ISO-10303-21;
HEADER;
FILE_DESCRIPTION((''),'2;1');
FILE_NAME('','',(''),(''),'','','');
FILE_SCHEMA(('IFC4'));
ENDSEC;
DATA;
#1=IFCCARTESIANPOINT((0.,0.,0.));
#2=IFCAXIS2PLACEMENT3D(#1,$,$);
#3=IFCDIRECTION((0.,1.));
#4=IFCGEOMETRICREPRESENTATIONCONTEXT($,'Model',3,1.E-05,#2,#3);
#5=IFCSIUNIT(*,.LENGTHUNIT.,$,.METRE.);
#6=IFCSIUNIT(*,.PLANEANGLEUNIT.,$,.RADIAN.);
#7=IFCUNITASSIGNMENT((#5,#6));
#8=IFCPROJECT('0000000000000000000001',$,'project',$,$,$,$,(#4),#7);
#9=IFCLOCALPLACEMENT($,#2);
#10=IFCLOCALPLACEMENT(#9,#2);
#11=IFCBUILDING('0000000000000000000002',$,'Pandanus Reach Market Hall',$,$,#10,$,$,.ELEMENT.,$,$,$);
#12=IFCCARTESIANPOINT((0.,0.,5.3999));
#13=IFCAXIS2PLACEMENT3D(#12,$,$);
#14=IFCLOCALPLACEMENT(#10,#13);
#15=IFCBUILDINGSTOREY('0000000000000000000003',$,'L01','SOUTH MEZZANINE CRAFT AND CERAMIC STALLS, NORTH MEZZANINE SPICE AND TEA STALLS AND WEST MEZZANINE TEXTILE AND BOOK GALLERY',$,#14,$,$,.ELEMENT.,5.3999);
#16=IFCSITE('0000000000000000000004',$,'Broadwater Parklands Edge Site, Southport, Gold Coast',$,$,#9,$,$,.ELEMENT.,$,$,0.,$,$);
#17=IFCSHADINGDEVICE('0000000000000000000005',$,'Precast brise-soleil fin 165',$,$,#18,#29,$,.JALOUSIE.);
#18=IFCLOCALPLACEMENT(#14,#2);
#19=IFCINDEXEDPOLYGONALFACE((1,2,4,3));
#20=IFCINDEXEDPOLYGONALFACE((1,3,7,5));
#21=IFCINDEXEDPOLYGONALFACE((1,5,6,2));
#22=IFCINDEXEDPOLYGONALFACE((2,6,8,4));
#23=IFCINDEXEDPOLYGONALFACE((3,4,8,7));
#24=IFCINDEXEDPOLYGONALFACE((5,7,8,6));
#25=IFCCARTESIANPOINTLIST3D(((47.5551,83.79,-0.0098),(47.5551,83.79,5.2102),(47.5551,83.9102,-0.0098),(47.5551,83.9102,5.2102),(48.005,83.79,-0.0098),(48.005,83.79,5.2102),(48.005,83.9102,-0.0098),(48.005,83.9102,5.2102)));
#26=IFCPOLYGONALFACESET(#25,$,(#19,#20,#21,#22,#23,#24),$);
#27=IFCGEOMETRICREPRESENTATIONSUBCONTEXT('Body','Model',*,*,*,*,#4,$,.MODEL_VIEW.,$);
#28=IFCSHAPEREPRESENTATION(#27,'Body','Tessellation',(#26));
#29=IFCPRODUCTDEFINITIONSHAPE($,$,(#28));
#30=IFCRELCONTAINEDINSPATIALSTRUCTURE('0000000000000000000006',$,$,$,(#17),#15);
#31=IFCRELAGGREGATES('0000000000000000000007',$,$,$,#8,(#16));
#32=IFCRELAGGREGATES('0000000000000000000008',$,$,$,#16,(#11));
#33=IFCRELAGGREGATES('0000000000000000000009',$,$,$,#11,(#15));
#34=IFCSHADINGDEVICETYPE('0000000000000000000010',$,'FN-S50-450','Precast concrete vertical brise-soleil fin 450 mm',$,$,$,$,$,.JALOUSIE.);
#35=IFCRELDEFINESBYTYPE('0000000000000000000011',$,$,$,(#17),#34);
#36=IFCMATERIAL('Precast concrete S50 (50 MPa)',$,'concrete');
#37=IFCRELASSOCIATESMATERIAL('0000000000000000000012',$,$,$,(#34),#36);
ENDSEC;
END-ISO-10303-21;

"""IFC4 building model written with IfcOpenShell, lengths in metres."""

from ifc_helpers import new_model, si_unit, direction, frame, origin, origin_2d, place, context, subcontext, project, spatial, rectangle, extrude, material, type_object, element, save


model = new_model("IFC4")

# Units and contexts
model_context = context("Model", 3, precision=1e-05, world=origin(), true_north=direction((0.0, 1.0)))
body_context = subcontext(model_context, "Body", "Model", "MODEL_VIEW")
ifc_project = project(units=[si_unit("LENGTHUNIT", "METRE"), si_unit("PLANEANGLEUNIT", "RADIAN")], contexts=[model_context])

# Site, building, storey
site_placement = place(None, origin())
site = spatial("IfcSite", under=ifc_project, at=site_placement, Name="Broadwater Parklands Edge Site, Southport, Gold Coast", CompositionType="ELEMENT", RefElevation=0.0)
building_placement = place(site_placement, origin())
building = spatial("IfcBuilding", under=site, at=building_placement, Name="Pandanus Reach Market Hall", CompositionType="ELEMENT")
storey_placement = place(building_placement, frame((0.0, 0.0, 5.3999)))
storey = spatial("IfcBuildingStorey", under=building, at=storey_placement, Name="L01", Description="SOUTH MEZZANINE CRAFT AND CERAMIC STALLS, NORTH MEZZANINE SPICE AND TEA STALLS AND WEST MEZZANINE TEXTILE AND BOOK GALLERY", CompositionType="ELEMENT", Elevation=5.3999)

# Shared definitions
ifc_material_1 = material(Name="Precast concrete S50 (50 MPa)", Category="concrete")

# Shading device
shading_device_type = type_object("IfcShadingDeviceType", Name="FN-S50-450", Description="Precast concrete vertical brise-soleil fin 450 mm", PredefinedType="JALOUSIE", material=ifc_material_1)
for number, where, z_axis, x_axis, name in (
    (1, (47.78, 83.8501, -0.0098), (0.0, 0.0, 1.0), (-1.0, 0.0, 0.0), "Precast brise-soleil fin 165"),
):
    element("IfcShadingDevice", number, at=place(storey_placement, frame(where, z_axis=z_axis, x_axis=x_axis)), inside=storey, type_object=shading_device_type, Name=name, PredefinedType="JALOUSIE", context=body_context, shape_type="SweptSolid", body=[
        extrude(rectangle(XDim=0.45, YDim=0.1201, at=origin_2d()), origin(), (0.0, 0.0, 1.0), 5.22),
    ])

save(model, "model.ifc")
